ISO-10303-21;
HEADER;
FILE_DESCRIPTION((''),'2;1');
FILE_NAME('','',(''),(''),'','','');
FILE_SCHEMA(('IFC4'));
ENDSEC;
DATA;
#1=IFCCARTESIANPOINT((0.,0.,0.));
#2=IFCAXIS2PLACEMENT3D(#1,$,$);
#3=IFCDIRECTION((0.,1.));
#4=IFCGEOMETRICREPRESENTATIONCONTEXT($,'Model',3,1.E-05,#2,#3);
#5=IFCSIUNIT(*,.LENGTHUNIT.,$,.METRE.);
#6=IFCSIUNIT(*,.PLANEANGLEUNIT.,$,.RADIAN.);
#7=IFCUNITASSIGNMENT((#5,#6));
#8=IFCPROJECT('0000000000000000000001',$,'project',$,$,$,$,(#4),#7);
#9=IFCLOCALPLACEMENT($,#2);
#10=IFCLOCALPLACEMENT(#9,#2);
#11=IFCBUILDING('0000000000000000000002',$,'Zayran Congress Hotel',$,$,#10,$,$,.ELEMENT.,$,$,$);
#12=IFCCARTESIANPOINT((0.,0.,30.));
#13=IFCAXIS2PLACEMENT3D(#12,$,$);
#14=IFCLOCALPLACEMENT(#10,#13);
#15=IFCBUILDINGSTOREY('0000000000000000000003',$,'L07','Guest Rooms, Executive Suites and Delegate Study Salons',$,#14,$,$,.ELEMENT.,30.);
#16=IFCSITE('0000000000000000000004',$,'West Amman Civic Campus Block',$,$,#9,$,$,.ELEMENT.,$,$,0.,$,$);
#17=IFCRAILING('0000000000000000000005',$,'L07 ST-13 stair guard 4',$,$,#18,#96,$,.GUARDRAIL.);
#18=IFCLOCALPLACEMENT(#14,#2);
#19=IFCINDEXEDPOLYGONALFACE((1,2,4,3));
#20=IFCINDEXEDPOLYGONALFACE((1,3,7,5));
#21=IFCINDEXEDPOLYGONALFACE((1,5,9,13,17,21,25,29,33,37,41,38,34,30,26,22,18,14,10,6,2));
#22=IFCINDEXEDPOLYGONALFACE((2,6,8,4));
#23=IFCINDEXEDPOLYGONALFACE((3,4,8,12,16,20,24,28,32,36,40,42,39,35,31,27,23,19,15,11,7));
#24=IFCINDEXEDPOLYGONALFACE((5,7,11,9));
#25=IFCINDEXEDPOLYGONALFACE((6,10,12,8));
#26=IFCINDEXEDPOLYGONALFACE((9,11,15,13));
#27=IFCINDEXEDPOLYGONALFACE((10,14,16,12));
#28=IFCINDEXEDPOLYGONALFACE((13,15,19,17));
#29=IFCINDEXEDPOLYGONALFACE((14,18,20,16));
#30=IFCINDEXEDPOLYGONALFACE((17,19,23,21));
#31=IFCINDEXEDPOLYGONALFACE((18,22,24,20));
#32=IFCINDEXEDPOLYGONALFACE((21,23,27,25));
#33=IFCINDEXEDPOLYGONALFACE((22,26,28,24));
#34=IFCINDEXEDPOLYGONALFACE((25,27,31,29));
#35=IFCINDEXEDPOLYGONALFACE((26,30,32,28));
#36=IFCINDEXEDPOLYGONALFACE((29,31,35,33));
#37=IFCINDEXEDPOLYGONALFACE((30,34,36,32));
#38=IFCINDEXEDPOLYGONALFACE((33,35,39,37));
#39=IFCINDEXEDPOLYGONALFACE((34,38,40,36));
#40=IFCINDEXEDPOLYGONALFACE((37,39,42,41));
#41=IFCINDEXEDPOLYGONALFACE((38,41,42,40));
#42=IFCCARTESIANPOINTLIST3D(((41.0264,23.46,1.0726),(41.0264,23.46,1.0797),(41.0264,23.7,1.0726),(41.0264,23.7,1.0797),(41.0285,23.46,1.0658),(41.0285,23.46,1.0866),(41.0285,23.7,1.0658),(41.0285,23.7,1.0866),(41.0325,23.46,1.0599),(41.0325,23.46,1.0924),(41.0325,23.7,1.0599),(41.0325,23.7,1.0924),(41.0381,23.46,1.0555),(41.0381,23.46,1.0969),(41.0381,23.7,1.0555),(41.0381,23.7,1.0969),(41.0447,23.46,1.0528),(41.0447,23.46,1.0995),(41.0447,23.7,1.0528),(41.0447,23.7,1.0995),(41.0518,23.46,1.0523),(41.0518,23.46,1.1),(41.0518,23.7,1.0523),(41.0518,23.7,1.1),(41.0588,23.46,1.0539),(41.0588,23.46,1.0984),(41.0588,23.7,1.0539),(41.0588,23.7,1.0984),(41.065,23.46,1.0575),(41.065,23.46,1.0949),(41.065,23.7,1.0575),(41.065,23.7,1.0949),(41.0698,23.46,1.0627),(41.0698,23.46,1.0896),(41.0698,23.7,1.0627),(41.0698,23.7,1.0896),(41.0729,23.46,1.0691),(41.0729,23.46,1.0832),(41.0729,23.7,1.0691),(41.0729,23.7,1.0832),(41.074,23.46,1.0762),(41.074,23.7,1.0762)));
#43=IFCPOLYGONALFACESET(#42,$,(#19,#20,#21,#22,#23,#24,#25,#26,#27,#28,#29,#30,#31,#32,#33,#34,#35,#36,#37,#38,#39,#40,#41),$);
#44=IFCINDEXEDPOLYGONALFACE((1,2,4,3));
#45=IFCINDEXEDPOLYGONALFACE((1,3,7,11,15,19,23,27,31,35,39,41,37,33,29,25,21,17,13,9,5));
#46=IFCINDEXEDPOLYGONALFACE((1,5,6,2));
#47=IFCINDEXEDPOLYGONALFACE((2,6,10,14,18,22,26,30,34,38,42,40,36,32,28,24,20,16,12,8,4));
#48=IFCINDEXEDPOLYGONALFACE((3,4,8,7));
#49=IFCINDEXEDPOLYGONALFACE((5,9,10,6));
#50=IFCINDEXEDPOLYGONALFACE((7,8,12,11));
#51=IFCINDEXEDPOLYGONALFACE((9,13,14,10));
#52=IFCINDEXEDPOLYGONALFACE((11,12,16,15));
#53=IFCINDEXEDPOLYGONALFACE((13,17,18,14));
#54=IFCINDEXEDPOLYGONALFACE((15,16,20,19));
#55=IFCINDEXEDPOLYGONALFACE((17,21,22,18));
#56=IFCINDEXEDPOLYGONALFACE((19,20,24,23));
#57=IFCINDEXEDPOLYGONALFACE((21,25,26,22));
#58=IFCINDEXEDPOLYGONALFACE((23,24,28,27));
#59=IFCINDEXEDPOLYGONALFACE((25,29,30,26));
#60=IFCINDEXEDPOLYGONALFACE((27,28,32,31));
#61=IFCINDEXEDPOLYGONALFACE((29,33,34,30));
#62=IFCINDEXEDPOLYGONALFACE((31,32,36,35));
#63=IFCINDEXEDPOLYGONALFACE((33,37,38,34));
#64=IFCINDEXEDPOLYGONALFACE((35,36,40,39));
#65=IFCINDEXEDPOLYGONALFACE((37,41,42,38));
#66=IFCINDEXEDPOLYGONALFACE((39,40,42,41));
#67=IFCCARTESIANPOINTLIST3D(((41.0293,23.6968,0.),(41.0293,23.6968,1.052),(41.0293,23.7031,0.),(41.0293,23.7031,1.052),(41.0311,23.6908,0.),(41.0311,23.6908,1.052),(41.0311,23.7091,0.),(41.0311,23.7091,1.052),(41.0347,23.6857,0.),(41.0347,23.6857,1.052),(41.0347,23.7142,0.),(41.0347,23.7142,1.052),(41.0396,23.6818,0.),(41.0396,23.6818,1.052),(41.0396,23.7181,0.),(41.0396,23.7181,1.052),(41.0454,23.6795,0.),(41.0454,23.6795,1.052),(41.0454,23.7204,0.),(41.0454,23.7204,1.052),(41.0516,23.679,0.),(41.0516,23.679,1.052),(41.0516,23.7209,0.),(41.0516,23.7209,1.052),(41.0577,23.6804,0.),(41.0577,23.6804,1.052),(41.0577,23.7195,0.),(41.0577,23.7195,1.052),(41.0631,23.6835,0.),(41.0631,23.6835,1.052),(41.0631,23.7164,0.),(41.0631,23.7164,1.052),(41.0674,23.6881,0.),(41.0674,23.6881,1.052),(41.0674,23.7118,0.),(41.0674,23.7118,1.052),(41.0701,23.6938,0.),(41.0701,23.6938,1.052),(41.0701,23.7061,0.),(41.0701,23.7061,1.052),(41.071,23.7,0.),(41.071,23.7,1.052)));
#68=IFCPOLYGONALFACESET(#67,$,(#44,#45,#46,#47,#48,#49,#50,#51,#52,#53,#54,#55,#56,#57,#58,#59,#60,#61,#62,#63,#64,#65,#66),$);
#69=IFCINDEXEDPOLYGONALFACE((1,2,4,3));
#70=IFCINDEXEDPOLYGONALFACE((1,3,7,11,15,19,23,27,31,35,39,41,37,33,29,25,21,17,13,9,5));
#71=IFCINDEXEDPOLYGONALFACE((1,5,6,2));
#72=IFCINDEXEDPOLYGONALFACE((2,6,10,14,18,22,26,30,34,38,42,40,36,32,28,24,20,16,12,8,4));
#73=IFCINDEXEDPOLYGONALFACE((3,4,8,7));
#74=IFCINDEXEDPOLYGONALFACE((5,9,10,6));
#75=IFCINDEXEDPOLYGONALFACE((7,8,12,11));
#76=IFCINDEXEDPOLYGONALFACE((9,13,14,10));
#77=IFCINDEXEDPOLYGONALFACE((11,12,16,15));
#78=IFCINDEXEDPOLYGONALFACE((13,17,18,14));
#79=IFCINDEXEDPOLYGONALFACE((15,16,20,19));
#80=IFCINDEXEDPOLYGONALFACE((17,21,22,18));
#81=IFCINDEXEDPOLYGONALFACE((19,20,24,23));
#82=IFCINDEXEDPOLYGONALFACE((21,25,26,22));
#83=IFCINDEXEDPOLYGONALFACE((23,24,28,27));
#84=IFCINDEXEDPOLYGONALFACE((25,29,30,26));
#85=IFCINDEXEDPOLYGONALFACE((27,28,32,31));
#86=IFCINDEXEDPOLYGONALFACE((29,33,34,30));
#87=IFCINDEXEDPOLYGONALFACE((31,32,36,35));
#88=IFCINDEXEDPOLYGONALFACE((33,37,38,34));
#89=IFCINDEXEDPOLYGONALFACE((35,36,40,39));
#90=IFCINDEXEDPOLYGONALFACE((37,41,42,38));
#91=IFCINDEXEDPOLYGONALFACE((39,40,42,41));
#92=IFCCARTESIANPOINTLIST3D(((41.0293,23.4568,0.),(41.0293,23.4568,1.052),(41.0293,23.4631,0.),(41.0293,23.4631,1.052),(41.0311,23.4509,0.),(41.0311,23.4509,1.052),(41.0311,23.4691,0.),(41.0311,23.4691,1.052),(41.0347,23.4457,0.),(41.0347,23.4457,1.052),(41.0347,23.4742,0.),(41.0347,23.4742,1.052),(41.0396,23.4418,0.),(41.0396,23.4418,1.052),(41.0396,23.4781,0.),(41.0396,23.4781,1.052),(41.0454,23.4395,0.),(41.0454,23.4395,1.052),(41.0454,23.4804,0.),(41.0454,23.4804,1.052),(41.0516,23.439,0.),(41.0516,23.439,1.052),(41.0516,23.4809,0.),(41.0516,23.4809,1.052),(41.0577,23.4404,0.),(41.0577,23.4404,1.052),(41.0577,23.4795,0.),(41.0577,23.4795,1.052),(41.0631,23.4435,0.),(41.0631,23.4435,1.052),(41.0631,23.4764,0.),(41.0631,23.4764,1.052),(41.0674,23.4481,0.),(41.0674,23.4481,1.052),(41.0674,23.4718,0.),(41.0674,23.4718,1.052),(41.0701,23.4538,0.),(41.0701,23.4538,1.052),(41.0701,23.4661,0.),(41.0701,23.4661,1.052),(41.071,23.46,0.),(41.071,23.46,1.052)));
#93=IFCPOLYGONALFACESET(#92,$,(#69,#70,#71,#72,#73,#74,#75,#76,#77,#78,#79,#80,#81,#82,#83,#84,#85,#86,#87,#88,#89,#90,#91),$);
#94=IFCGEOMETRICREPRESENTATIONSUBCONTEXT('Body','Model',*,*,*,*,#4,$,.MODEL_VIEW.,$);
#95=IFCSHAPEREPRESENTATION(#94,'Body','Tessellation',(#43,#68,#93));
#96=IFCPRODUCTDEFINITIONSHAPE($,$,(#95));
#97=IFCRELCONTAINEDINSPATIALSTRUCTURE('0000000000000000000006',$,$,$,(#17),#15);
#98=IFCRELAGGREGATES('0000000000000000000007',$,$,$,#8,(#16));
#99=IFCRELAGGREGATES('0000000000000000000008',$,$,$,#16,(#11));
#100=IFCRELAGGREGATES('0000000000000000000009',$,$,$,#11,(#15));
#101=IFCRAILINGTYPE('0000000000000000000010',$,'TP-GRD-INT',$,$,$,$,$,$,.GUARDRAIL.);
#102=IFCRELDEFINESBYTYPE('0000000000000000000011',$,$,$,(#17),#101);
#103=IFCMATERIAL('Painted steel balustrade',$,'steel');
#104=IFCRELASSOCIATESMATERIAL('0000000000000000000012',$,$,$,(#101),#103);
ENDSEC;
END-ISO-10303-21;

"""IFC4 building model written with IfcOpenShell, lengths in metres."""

from ifc_helpers import new_model, si_unit, direction, frame, origin, origin_2d, place, context, subcontext, project, spatial, circle, extrude, material, type_object, element, save


model = new_model("IFC4")

# Units and contexts
model_context = context("Model", 3, precision=1e-05, world=origin(), true_north=direction((0.0, 1.0)))
body_context = subcontext(model_context, "Body", "Model", "MODEL_VIEW")
ifc_project = project(units=[si_unit("LENGTHUNIT", "METRE"), si_unit("PLANEANGLEUNIT", "RADIAN")], contexts=[model_context])

# Site, building, storey
site_placement = place(None, origin())
site = spatial("IfcSite", under=ifc_project, at=site_placement, Name="West Amman Civic Campus Block", CompositionType="ELEMENT", RefElevation=0.0)
building_placement = place(site_placement, origin())
building = spatial("IfcBuilding", under=site, at=building_placement, Name="Zayran Congress Hotel", CompositionType="ELEMENT")
storey_placement = place(building_placement, frame((0.0, 0.0, 30.0)))
storey = spatial("IfcBuildingStorey", under=building, at=storey_placement, Name="L07", Description="Guest Rooms, Executive Suites and Delegate Study Salons", CompositionType="ELEMENT", Elevation=30.0)

# Railing
ifc_material_1 = material(Name="Painted steel balustrade", Category="steel")
railing_type_1 = type_object("IfcRailingType", Name="TP-GRD-INT", PredefinedType="GUARDRAIL", material=ifc_material_1)
railing_1_placement = place(storey_placement, frame((41.05, 23.7, 0.0)))
element("IfcRailing", 1, at=railing_1_placement, inside=storey, type_object=railing_type_1, Name="L07 ST-13 stair guard 4", PredefinedType="GUARDRAIL", context=body_context, shape_type="SweptSolid", body=[
    extrude(circle(Radius=0.0239, at=origin_2d()), frame((0.0, 0.0, 1.0762), z_axis=(0.0, -1.0, 0.0), x_axis=(1.0, 0.0, 0.0)), (0.0, 0.0, 1.0), 0.24),
    extrude(circle(Radius=0.021, at=origin_2d()), origin(), (0.0, 0.0, 1.0), 1.052),
    extrude(circle(Radius=0.021, at=origin_2d()), frame((0.0, -0.24, 0.0)), (0.0, 0.0, 1.0), 1.052),
])

save(model, "model.ifc")
